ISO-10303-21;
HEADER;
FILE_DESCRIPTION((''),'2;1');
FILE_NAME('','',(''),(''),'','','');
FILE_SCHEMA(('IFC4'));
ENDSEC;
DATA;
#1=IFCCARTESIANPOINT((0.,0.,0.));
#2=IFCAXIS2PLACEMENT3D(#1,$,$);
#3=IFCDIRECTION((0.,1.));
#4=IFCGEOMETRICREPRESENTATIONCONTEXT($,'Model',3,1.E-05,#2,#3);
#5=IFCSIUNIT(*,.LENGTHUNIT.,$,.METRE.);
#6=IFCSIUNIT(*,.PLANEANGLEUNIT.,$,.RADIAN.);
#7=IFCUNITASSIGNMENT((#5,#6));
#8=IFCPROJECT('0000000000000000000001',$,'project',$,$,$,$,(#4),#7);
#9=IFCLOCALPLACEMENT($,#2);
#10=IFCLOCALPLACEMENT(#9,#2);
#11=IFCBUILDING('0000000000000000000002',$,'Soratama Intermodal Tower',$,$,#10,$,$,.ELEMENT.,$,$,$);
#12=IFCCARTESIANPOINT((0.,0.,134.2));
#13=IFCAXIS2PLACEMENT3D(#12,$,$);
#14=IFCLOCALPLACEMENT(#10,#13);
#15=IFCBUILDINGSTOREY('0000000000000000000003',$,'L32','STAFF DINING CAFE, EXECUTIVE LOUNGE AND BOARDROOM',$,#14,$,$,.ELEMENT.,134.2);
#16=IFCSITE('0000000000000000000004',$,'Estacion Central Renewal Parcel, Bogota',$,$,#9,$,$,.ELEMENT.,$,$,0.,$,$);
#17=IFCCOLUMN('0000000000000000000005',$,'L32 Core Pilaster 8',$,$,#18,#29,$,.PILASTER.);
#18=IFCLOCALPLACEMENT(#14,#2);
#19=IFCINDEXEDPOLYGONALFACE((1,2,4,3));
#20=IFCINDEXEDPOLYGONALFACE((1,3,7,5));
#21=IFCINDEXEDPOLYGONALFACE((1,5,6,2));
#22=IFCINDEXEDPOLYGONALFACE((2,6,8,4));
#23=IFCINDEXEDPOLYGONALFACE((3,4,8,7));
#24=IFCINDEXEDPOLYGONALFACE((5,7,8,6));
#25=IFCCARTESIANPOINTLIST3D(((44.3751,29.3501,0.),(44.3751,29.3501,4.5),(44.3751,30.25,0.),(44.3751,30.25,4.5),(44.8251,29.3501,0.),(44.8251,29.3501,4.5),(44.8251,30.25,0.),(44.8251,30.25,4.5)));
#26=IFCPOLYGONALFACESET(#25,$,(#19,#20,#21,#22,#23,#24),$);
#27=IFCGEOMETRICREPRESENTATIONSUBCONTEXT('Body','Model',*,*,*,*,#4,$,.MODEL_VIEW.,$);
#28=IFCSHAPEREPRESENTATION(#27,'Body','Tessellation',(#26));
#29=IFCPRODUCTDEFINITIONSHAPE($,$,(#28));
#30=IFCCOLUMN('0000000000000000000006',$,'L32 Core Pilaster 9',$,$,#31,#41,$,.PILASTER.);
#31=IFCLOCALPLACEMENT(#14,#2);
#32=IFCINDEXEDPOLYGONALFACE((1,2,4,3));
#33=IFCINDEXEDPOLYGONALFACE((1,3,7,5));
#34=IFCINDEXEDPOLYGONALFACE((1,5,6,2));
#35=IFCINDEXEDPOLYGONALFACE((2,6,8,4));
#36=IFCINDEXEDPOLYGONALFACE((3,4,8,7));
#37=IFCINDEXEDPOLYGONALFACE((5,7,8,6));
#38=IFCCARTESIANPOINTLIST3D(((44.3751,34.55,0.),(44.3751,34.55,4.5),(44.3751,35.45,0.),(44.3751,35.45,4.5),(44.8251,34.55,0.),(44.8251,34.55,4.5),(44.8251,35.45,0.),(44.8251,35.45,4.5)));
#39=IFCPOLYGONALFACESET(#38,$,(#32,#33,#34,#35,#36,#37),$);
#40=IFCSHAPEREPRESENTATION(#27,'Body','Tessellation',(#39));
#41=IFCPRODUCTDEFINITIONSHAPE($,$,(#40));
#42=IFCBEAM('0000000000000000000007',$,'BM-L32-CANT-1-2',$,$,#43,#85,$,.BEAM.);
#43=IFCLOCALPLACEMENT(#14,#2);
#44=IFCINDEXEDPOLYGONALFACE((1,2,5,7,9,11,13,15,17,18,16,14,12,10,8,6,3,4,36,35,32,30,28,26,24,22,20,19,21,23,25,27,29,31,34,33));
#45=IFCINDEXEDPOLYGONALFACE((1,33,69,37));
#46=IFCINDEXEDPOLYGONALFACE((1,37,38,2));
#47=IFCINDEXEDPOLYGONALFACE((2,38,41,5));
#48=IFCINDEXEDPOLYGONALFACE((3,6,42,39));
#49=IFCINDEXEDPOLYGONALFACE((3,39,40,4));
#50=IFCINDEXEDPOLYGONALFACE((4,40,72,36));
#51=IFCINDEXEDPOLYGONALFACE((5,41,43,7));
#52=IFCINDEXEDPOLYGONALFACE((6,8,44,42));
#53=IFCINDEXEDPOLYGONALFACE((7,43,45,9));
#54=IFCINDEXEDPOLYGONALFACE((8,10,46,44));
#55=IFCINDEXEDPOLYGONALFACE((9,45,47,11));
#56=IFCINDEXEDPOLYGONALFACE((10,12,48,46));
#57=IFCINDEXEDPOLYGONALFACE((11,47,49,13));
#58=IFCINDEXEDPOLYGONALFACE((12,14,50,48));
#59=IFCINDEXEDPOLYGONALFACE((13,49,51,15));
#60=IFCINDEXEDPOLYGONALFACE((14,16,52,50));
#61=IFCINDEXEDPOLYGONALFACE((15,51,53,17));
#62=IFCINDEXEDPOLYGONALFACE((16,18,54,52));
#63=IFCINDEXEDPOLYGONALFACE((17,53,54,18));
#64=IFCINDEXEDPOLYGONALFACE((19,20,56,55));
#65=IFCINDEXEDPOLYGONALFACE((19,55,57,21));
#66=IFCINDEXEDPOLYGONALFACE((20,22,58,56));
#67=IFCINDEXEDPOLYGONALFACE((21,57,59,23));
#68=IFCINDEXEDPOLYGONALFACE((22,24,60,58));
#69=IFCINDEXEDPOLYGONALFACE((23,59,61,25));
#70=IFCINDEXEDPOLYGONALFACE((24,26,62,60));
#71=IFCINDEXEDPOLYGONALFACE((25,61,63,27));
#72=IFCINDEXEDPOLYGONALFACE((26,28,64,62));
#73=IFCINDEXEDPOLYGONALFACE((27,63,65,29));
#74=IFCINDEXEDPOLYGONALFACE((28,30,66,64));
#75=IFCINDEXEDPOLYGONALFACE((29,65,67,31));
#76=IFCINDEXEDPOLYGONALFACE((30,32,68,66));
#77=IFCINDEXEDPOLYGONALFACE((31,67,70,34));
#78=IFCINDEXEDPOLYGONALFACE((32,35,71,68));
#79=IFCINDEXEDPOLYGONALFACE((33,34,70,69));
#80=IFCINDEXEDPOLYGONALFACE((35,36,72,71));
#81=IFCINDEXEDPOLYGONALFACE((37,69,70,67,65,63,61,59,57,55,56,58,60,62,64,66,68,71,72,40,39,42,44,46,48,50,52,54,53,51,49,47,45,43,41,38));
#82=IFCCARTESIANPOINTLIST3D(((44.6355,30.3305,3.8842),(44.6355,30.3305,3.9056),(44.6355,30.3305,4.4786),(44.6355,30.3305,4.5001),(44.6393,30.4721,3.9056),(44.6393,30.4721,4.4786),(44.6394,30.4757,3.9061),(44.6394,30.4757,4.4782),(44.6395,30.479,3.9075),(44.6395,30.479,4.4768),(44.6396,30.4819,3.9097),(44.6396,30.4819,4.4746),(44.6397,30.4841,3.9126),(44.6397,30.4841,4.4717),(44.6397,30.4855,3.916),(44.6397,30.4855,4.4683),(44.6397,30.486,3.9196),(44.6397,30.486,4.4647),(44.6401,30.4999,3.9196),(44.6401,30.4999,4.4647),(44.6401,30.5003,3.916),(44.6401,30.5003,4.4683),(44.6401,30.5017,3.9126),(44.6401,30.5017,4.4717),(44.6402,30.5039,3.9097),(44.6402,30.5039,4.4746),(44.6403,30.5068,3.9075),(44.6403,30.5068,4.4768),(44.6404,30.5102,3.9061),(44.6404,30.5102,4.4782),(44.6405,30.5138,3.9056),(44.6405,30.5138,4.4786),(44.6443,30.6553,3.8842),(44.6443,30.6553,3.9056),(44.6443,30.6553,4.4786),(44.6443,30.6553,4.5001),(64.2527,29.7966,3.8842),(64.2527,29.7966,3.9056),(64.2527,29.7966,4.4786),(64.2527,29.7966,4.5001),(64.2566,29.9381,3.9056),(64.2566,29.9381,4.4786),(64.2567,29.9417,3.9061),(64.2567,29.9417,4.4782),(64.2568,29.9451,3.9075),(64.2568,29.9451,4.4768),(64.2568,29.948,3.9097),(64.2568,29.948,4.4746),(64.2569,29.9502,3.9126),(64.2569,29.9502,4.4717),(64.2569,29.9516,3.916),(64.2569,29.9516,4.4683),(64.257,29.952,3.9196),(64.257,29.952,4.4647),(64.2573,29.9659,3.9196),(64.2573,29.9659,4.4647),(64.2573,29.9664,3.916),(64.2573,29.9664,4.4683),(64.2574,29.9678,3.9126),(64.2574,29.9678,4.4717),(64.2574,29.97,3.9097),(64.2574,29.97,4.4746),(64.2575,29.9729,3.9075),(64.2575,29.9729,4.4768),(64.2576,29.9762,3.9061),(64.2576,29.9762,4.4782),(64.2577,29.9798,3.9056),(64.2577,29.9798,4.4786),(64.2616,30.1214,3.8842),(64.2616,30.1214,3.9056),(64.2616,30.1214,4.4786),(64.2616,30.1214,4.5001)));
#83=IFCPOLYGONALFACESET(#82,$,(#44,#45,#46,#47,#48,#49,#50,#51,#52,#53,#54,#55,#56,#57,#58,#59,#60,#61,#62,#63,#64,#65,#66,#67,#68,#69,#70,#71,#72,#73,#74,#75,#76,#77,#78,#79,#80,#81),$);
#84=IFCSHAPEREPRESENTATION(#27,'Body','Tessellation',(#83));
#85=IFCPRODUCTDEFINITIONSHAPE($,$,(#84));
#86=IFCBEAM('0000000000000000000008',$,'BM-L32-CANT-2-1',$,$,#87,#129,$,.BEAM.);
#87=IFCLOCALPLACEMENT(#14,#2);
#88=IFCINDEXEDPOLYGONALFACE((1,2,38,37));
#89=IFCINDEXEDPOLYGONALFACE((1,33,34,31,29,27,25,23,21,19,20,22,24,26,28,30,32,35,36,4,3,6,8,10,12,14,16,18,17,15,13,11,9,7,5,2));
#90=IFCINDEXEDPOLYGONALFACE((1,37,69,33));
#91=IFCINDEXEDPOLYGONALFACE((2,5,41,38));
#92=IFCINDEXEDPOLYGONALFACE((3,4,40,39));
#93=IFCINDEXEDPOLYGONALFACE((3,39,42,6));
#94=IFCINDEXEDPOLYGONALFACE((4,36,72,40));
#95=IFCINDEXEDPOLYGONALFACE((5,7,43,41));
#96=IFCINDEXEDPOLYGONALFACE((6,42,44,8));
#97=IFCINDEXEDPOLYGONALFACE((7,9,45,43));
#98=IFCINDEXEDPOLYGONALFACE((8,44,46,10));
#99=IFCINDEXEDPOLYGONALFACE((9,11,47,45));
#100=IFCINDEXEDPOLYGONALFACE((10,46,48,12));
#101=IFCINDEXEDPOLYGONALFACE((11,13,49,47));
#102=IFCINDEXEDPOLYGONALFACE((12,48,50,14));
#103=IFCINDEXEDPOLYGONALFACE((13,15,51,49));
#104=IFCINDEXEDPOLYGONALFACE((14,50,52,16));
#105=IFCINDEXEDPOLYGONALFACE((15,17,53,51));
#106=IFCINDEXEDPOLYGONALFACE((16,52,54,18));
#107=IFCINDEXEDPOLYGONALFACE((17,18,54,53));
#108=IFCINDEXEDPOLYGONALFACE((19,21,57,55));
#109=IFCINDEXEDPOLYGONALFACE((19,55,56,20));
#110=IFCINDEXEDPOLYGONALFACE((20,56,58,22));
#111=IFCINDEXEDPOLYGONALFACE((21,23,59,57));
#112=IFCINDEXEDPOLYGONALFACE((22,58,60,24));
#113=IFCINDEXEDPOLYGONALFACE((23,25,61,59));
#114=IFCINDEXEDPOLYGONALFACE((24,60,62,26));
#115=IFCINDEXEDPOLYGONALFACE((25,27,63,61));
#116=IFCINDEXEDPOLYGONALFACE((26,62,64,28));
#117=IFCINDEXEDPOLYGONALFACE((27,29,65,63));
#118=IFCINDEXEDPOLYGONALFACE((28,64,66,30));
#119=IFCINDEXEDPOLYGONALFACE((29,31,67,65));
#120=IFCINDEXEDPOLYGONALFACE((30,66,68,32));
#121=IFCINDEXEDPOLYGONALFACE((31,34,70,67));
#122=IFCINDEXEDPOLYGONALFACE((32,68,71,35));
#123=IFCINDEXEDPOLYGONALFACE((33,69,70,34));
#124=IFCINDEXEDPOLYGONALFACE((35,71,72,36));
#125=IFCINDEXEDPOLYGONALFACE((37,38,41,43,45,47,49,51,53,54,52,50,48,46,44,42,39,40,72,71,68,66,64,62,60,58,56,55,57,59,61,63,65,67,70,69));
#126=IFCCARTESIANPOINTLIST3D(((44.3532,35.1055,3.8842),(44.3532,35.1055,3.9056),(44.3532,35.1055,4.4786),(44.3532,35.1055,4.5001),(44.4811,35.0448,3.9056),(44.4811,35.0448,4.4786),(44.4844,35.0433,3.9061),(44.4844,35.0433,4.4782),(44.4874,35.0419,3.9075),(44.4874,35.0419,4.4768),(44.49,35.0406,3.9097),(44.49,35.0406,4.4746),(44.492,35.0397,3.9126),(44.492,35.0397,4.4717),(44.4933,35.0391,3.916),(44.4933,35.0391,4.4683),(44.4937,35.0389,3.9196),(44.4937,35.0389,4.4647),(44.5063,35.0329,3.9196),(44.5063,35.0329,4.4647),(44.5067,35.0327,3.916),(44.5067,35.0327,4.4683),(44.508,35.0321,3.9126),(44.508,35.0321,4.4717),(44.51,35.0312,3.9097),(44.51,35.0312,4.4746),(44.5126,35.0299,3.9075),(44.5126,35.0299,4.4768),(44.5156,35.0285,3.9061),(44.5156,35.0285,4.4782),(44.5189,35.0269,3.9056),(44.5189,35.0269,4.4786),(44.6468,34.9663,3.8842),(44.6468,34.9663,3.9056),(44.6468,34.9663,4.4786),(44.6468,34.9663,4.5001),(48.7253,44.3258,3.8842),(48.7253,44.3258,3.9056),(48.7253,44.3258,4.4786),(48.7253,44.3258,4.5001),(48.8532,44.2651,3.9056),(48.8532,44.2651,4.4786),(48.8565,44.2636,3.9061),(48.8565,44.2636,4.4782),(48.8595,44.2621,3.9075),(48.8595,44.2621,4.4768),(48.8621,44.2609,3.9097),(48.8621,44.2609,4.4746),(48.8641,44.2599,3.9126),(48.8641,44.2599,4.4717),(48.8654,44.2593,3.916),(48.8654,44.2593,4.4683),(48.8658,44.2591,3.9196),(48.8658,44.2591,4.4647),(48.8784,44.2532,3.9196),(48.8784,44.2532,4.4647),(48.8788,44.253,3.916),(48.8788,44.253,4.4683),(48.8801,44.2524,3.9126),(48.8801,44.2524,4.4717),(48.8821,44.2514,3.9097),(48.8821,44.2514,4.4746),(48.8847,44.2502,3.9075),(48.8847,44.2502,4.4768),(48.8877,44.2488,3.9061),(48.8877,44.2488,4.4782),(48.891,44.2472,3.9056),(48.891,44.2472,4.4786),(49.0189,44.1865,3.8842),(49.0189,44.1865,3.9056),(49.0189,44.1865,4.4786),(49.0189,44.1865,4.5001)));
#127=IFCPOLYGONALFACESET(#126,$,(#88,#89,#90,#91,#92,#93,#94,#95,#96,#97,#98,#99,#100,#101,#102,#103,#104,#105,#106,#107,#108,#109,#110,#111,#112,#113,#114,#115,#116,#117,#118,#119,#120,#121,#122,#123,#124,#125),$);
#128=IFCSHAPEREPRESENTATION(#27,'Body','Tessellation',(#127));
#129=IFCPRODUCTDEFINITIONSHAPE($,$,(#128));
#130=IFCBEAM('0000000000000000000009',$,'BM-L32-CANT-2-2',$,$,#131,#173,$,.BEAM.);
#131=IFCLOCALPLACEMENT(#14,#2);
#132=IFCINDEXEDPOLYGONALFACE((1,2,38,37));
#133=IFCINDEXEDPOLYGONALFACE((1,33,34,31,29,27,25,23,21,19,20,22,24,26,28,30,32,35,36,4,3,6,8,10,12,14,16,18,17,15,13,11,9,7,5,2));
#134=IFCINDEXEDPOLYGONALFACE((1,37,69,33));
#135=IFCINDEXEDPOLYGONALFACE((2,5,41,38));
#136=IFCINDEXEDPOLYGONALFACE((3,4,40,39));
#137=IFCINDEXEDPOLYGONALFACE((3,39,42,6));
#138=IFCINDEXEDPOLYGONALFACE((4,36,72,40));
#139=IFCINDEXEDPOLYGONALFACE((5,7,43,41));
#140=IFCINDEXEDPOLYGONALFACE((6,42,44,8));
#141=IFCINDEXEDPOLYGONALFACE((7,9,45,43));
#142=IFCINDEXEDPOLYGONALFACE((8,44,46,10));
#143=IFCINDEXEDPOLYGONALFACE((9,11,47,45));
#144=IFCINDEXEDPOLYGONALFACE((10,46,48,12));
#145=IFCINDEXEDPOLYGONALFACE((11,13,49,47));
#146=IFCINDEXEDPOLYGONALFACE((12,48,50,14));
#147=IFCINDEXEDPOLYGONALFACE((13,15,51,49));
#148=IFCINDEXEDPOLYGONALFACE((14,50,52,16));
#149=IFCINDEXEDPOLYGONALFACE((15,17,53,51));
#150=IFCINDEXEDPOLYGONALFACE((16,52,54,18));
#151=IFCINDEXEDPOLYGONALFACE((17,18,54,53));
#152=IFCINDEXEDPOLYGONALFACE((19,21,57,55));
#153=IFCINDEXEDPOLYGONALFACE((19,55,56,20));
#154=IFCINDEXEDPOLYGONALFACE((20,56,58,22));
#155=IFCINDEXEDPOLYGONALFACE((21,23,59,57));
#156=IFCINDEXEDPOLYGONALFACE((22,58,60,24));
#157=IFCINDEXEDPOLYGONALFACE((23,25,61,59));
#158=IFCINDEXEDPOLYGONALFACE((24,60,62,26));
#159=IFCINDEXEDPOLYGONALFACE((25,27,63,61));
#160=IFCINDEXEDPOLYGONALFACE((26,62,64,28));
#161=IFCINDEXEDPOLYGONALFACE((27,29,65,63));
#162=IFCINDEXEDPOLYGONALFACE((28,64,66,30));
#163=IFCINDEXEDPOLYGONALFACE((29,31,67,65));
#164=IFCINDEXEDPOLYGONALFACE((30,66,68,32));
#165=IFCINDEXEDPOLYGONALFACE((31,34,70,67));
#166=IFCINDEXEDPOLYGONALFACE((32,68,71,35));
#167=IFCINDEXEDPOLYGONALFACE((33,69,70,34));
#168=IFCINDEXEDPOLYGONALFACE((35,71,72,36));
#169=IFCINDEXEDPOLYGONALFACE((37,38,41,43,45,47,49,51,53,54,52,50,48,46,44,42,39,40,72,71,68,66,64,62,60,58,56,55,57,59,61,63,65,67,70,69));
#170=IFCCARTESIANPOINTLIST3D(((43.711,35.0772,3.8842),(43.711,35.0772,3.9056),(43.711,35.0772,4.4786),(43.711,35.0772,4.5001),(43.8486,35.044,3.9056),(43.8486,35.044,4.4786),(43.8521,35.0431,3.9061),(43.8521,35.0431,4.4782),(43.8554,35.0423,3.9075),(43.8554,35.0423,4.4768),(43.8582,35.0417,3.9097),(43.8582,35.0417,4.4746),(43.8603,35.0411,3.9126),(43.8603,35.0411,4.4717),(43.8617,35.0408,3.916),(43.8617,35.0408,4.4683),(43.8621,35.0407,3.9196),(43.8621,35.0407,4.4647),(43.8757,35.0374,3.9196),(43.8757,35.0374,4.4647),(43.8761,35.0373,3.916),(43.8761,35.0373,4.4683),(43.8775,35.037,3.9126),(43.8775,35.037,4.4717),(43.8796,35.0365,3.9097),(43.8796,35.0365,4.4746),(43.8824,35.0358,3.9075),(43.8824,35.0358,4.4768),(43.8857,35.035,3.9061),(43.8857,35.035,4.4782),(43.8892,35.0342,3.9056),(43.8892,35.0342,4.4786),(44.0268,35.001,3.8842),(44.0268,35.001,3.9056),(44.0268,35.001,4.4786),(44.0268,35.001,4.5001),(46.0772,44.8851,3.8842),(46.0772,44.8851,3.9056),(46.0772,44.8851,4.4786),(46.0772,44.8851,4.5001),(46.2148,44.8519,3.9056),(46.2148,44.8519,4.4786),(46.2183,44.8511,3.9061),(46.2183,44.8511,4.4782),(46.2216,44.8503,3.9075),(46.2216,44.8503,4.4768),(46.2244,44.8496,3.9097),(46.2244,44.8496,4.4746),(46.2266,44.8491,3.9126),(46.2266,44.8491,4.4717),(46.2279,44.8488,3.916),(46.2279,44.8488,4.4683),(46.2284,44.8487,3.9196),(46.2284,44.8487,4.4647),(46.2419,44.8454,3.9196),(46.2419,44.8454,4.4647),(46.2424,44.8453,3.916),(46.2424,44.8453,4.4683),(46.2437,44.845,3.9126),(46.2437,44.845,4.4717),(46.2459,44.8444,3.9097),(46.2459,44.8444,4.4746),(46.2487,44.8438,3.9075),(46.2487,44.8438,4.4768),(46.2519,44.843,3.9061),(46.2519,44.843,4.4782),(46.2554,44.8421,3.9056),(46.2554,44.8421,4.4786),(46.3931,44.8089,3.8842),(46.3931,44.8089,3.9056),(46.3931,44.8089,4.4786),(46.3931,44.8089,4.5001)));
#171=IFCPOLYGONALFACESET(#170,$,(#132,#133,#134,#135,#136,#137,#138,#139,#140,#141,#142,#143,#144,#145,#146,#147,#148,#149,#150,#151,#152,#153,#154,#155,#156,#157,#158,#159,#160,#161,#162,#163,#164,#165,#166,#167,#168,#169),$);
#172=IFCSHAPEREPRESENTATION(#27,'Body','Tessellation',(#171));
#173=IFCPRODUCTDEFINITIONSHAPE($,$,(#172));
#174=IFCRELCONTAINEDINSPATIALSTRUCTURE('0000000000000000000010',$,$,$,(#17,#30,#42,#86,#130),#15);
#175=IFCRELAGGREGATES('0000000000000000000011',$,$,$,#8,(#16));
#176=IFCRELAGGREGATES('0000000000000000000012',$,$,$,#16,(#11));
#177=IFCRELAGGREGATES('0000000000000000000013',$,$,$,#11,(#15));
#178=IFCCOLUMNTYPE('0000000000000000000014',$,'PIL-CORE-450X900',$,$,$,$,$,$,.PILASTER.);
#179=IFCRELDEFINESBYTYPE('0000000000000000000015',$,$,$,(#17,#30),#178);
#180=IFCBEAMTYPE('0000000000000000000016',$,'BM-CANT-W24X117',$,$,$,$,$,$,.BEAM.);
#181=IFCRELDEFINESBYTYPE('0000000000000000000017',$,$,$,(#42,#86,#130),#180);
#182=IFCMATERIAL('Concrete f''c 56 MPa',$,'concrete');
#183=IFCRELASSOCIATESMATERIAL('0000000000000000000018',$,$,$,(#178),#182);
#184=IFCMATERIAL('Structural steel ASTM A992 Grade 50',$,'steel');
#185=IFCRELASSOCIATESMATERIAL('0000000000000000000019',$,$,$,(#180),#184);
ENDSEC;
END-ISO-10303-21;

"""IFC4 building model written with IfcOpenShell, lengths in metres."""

from ifc_helpers import new_model, si_unit, direction, frame, origin, origin_2d, place, context, subcontext, project, spatial, rectangle, i_section, extrude, material, material_profile, profile_set, type_object, element, save


model = new_model("IFC4")

# Units and contexts
model_context = context("Model", 3, precision=1e-05, world=origin(), true_north=direction((0.0, 1.0)))
body_context = subcontext(model_context, "Body", "Model", "MODEL_VIEW")
ifc_project = project(units=[si_unit("LENGTHUNIT", "METRE"), si_unit("PLANEANGLEUNIT", "RADIAN")], contexts=[model_context])

# Site, building, storey
site_placement = place(None, origin())
site = spatial("IfcSite", under=ifc_project, at=site_placement, Name="Estacion Central Renewal Parcel, Bogota", CompositionType="ELEMENT", RefElevation=0.0)
building_placement = place(site_placement, origin())
building = spatial("IfcBuilding", under=site, at=building_placement, Name="Soratama Intermodal Tower", CompositionType="ELEMENT")
storey_placement = place(building_placement, frame((0.0, 0.0, 134.2)))
storey = spatial("IfcBuildingStorey", under=building, at=storey_placement, Name="L32", Description="STAFF DINING CAFE, EXECUTIVE LOUNGE AND BOARDROOM", CompositionType="ELEMENT", Elevation=134.2)

# Columns
ifc_material_1 = material(Name="Concrete f'c 56 MPa", Category="concrete")
ifc_material_profile_1 = material_profile(ifc_material_1, rectangle(XDim=0.45, YDim=0.8999, at=origin_2d()), Name="RC450X900")
ifc_profile_set_1 = profile_set([ifc_material_profile_1], Name="Concrete f'c 56 MPa")
column_type = type_object("IfcColumnType", Name="PIL-CORE-450X900", PredefinedType="PILASTER", material=ifc_profile_set_1)
for number, where, z_axis, x_axis, name in (
    (1, (44.6001, 29.8, 0.0), (0.0, 0.0, 1.0), (1.0, 0.0, 0.0), "L32 Core Pilaster 8"),
    (2, (44.6001, 35.0, 0.0), (0.0, 0.0, 1.0), (1.0, 0.0, 0.0), "L32 Core Pilaster 9"),
):
    element("IfcColumn", number, at=place(storey_placement, frame(where, z_axis=z_axis, x_axis=x_axis)), inside=storey, type_object=column_type, Name=name, PredefinedType="PILASTER", context=body_context, shape_type="SweptSolid", body=[
        extrude(rectangle(XDim=0.45, YDim=0.8999, at=origin_2d()), origin(), (0.0, 0.0, 1.0), 4.5),
    ])

# Beams
ifc_material_2 = material(Name="Structural steel ASTM A992 Grade 50", Category="steel")
ifc_material_profile_2 = material_profile(ifc_material_2, i_section(OverallWidth=0.325, OverallDepth=0.616, WebThickness=0.0139, FlangeThickness=0.0215, FilletRadius=0.0139, at=origin_2d()), Name="W24X117")
ifc_profile_set_2 = profile_set([ifc_material_profile_2], Name="Structural steel ASTM A992 Grade 50")
beam_type_1 = type_object("IfcBeamType", Name="BM-CANT-W24X117", PredefinedType="BEAM", material=ifc_profile_set_2)
beam_1_placement = place(storey_placement, frame((44.6399, 30.4929, 4.1921), z_axis=(0.99963, -0.027208, 0.0), x_axis=(0.027208, 0.99963, 0.0)))
element("IfcBeam", 3, at=beam_1_placement, inside=storey, type_object=beam_type_1, Name="BM-L32-CANT-1-2", PredefinedType="BEAM", context=body_context, shape_type="SweptSolid", body=[
    extrude(i_section(OverallWidth=0.325, OverallDepth=0.616, WebThickness=0.0139, FlangeThickness=0.0215, FilletRadius=0.0139, at=origin_2d()), origin(), (0.0, 0.0, 1.0), 19.6245),
])
beam_2_placement = place(storey_placement, frame((44.5, 35.0359, 4.1921), z_axis=(0.428454, 0.903563, 0.0), x_axis=(-0.903563, 0.428454, 0.0)))
element("IfcBeam", 4, at=beam_2_placement, inside=storey, type_object=beam_type_1, Name="BM-L32-CANT-2-1", PredefinedType="BEAM", context=body_context, shape_type="SweptSolid", body=[
    extrude(i_section(OverallWidth=0.325, OverallDepth=0.616, WebThickness=0.0139, FlangeThickness=0.0215, FilletRadius=0.0139, at=origin_2d()), origin(), (0.0, 0.0, 1.0), 10.2043),
])
beam_3_placement = place(storey_placement, frame((43.8689, 35.0391, 4.1921), z_axis=(0.234528, 0.972109, 0.0), x_axis=(-0.972109, 0.234528, 0.0)))
element("IfcBeam", 5, at=beam_3_placement, inside=storey, type_object=beam_type_1, Name="BM-L32-CANT-2-2", PredefinedType="BEAM", context=body_context, shape_type="SweptSolid", body=[
    extrude(i_section(OverallWidth=0.325, OverallDepth=0.616, WebThickness=0.0139, FlangeThickness=0.0215, FilletRadius=0.0139, at=origin_2d()), origin(), (0.0, 0.0, 1.0), 10.0894),
])

save(model, "model.ifc")
